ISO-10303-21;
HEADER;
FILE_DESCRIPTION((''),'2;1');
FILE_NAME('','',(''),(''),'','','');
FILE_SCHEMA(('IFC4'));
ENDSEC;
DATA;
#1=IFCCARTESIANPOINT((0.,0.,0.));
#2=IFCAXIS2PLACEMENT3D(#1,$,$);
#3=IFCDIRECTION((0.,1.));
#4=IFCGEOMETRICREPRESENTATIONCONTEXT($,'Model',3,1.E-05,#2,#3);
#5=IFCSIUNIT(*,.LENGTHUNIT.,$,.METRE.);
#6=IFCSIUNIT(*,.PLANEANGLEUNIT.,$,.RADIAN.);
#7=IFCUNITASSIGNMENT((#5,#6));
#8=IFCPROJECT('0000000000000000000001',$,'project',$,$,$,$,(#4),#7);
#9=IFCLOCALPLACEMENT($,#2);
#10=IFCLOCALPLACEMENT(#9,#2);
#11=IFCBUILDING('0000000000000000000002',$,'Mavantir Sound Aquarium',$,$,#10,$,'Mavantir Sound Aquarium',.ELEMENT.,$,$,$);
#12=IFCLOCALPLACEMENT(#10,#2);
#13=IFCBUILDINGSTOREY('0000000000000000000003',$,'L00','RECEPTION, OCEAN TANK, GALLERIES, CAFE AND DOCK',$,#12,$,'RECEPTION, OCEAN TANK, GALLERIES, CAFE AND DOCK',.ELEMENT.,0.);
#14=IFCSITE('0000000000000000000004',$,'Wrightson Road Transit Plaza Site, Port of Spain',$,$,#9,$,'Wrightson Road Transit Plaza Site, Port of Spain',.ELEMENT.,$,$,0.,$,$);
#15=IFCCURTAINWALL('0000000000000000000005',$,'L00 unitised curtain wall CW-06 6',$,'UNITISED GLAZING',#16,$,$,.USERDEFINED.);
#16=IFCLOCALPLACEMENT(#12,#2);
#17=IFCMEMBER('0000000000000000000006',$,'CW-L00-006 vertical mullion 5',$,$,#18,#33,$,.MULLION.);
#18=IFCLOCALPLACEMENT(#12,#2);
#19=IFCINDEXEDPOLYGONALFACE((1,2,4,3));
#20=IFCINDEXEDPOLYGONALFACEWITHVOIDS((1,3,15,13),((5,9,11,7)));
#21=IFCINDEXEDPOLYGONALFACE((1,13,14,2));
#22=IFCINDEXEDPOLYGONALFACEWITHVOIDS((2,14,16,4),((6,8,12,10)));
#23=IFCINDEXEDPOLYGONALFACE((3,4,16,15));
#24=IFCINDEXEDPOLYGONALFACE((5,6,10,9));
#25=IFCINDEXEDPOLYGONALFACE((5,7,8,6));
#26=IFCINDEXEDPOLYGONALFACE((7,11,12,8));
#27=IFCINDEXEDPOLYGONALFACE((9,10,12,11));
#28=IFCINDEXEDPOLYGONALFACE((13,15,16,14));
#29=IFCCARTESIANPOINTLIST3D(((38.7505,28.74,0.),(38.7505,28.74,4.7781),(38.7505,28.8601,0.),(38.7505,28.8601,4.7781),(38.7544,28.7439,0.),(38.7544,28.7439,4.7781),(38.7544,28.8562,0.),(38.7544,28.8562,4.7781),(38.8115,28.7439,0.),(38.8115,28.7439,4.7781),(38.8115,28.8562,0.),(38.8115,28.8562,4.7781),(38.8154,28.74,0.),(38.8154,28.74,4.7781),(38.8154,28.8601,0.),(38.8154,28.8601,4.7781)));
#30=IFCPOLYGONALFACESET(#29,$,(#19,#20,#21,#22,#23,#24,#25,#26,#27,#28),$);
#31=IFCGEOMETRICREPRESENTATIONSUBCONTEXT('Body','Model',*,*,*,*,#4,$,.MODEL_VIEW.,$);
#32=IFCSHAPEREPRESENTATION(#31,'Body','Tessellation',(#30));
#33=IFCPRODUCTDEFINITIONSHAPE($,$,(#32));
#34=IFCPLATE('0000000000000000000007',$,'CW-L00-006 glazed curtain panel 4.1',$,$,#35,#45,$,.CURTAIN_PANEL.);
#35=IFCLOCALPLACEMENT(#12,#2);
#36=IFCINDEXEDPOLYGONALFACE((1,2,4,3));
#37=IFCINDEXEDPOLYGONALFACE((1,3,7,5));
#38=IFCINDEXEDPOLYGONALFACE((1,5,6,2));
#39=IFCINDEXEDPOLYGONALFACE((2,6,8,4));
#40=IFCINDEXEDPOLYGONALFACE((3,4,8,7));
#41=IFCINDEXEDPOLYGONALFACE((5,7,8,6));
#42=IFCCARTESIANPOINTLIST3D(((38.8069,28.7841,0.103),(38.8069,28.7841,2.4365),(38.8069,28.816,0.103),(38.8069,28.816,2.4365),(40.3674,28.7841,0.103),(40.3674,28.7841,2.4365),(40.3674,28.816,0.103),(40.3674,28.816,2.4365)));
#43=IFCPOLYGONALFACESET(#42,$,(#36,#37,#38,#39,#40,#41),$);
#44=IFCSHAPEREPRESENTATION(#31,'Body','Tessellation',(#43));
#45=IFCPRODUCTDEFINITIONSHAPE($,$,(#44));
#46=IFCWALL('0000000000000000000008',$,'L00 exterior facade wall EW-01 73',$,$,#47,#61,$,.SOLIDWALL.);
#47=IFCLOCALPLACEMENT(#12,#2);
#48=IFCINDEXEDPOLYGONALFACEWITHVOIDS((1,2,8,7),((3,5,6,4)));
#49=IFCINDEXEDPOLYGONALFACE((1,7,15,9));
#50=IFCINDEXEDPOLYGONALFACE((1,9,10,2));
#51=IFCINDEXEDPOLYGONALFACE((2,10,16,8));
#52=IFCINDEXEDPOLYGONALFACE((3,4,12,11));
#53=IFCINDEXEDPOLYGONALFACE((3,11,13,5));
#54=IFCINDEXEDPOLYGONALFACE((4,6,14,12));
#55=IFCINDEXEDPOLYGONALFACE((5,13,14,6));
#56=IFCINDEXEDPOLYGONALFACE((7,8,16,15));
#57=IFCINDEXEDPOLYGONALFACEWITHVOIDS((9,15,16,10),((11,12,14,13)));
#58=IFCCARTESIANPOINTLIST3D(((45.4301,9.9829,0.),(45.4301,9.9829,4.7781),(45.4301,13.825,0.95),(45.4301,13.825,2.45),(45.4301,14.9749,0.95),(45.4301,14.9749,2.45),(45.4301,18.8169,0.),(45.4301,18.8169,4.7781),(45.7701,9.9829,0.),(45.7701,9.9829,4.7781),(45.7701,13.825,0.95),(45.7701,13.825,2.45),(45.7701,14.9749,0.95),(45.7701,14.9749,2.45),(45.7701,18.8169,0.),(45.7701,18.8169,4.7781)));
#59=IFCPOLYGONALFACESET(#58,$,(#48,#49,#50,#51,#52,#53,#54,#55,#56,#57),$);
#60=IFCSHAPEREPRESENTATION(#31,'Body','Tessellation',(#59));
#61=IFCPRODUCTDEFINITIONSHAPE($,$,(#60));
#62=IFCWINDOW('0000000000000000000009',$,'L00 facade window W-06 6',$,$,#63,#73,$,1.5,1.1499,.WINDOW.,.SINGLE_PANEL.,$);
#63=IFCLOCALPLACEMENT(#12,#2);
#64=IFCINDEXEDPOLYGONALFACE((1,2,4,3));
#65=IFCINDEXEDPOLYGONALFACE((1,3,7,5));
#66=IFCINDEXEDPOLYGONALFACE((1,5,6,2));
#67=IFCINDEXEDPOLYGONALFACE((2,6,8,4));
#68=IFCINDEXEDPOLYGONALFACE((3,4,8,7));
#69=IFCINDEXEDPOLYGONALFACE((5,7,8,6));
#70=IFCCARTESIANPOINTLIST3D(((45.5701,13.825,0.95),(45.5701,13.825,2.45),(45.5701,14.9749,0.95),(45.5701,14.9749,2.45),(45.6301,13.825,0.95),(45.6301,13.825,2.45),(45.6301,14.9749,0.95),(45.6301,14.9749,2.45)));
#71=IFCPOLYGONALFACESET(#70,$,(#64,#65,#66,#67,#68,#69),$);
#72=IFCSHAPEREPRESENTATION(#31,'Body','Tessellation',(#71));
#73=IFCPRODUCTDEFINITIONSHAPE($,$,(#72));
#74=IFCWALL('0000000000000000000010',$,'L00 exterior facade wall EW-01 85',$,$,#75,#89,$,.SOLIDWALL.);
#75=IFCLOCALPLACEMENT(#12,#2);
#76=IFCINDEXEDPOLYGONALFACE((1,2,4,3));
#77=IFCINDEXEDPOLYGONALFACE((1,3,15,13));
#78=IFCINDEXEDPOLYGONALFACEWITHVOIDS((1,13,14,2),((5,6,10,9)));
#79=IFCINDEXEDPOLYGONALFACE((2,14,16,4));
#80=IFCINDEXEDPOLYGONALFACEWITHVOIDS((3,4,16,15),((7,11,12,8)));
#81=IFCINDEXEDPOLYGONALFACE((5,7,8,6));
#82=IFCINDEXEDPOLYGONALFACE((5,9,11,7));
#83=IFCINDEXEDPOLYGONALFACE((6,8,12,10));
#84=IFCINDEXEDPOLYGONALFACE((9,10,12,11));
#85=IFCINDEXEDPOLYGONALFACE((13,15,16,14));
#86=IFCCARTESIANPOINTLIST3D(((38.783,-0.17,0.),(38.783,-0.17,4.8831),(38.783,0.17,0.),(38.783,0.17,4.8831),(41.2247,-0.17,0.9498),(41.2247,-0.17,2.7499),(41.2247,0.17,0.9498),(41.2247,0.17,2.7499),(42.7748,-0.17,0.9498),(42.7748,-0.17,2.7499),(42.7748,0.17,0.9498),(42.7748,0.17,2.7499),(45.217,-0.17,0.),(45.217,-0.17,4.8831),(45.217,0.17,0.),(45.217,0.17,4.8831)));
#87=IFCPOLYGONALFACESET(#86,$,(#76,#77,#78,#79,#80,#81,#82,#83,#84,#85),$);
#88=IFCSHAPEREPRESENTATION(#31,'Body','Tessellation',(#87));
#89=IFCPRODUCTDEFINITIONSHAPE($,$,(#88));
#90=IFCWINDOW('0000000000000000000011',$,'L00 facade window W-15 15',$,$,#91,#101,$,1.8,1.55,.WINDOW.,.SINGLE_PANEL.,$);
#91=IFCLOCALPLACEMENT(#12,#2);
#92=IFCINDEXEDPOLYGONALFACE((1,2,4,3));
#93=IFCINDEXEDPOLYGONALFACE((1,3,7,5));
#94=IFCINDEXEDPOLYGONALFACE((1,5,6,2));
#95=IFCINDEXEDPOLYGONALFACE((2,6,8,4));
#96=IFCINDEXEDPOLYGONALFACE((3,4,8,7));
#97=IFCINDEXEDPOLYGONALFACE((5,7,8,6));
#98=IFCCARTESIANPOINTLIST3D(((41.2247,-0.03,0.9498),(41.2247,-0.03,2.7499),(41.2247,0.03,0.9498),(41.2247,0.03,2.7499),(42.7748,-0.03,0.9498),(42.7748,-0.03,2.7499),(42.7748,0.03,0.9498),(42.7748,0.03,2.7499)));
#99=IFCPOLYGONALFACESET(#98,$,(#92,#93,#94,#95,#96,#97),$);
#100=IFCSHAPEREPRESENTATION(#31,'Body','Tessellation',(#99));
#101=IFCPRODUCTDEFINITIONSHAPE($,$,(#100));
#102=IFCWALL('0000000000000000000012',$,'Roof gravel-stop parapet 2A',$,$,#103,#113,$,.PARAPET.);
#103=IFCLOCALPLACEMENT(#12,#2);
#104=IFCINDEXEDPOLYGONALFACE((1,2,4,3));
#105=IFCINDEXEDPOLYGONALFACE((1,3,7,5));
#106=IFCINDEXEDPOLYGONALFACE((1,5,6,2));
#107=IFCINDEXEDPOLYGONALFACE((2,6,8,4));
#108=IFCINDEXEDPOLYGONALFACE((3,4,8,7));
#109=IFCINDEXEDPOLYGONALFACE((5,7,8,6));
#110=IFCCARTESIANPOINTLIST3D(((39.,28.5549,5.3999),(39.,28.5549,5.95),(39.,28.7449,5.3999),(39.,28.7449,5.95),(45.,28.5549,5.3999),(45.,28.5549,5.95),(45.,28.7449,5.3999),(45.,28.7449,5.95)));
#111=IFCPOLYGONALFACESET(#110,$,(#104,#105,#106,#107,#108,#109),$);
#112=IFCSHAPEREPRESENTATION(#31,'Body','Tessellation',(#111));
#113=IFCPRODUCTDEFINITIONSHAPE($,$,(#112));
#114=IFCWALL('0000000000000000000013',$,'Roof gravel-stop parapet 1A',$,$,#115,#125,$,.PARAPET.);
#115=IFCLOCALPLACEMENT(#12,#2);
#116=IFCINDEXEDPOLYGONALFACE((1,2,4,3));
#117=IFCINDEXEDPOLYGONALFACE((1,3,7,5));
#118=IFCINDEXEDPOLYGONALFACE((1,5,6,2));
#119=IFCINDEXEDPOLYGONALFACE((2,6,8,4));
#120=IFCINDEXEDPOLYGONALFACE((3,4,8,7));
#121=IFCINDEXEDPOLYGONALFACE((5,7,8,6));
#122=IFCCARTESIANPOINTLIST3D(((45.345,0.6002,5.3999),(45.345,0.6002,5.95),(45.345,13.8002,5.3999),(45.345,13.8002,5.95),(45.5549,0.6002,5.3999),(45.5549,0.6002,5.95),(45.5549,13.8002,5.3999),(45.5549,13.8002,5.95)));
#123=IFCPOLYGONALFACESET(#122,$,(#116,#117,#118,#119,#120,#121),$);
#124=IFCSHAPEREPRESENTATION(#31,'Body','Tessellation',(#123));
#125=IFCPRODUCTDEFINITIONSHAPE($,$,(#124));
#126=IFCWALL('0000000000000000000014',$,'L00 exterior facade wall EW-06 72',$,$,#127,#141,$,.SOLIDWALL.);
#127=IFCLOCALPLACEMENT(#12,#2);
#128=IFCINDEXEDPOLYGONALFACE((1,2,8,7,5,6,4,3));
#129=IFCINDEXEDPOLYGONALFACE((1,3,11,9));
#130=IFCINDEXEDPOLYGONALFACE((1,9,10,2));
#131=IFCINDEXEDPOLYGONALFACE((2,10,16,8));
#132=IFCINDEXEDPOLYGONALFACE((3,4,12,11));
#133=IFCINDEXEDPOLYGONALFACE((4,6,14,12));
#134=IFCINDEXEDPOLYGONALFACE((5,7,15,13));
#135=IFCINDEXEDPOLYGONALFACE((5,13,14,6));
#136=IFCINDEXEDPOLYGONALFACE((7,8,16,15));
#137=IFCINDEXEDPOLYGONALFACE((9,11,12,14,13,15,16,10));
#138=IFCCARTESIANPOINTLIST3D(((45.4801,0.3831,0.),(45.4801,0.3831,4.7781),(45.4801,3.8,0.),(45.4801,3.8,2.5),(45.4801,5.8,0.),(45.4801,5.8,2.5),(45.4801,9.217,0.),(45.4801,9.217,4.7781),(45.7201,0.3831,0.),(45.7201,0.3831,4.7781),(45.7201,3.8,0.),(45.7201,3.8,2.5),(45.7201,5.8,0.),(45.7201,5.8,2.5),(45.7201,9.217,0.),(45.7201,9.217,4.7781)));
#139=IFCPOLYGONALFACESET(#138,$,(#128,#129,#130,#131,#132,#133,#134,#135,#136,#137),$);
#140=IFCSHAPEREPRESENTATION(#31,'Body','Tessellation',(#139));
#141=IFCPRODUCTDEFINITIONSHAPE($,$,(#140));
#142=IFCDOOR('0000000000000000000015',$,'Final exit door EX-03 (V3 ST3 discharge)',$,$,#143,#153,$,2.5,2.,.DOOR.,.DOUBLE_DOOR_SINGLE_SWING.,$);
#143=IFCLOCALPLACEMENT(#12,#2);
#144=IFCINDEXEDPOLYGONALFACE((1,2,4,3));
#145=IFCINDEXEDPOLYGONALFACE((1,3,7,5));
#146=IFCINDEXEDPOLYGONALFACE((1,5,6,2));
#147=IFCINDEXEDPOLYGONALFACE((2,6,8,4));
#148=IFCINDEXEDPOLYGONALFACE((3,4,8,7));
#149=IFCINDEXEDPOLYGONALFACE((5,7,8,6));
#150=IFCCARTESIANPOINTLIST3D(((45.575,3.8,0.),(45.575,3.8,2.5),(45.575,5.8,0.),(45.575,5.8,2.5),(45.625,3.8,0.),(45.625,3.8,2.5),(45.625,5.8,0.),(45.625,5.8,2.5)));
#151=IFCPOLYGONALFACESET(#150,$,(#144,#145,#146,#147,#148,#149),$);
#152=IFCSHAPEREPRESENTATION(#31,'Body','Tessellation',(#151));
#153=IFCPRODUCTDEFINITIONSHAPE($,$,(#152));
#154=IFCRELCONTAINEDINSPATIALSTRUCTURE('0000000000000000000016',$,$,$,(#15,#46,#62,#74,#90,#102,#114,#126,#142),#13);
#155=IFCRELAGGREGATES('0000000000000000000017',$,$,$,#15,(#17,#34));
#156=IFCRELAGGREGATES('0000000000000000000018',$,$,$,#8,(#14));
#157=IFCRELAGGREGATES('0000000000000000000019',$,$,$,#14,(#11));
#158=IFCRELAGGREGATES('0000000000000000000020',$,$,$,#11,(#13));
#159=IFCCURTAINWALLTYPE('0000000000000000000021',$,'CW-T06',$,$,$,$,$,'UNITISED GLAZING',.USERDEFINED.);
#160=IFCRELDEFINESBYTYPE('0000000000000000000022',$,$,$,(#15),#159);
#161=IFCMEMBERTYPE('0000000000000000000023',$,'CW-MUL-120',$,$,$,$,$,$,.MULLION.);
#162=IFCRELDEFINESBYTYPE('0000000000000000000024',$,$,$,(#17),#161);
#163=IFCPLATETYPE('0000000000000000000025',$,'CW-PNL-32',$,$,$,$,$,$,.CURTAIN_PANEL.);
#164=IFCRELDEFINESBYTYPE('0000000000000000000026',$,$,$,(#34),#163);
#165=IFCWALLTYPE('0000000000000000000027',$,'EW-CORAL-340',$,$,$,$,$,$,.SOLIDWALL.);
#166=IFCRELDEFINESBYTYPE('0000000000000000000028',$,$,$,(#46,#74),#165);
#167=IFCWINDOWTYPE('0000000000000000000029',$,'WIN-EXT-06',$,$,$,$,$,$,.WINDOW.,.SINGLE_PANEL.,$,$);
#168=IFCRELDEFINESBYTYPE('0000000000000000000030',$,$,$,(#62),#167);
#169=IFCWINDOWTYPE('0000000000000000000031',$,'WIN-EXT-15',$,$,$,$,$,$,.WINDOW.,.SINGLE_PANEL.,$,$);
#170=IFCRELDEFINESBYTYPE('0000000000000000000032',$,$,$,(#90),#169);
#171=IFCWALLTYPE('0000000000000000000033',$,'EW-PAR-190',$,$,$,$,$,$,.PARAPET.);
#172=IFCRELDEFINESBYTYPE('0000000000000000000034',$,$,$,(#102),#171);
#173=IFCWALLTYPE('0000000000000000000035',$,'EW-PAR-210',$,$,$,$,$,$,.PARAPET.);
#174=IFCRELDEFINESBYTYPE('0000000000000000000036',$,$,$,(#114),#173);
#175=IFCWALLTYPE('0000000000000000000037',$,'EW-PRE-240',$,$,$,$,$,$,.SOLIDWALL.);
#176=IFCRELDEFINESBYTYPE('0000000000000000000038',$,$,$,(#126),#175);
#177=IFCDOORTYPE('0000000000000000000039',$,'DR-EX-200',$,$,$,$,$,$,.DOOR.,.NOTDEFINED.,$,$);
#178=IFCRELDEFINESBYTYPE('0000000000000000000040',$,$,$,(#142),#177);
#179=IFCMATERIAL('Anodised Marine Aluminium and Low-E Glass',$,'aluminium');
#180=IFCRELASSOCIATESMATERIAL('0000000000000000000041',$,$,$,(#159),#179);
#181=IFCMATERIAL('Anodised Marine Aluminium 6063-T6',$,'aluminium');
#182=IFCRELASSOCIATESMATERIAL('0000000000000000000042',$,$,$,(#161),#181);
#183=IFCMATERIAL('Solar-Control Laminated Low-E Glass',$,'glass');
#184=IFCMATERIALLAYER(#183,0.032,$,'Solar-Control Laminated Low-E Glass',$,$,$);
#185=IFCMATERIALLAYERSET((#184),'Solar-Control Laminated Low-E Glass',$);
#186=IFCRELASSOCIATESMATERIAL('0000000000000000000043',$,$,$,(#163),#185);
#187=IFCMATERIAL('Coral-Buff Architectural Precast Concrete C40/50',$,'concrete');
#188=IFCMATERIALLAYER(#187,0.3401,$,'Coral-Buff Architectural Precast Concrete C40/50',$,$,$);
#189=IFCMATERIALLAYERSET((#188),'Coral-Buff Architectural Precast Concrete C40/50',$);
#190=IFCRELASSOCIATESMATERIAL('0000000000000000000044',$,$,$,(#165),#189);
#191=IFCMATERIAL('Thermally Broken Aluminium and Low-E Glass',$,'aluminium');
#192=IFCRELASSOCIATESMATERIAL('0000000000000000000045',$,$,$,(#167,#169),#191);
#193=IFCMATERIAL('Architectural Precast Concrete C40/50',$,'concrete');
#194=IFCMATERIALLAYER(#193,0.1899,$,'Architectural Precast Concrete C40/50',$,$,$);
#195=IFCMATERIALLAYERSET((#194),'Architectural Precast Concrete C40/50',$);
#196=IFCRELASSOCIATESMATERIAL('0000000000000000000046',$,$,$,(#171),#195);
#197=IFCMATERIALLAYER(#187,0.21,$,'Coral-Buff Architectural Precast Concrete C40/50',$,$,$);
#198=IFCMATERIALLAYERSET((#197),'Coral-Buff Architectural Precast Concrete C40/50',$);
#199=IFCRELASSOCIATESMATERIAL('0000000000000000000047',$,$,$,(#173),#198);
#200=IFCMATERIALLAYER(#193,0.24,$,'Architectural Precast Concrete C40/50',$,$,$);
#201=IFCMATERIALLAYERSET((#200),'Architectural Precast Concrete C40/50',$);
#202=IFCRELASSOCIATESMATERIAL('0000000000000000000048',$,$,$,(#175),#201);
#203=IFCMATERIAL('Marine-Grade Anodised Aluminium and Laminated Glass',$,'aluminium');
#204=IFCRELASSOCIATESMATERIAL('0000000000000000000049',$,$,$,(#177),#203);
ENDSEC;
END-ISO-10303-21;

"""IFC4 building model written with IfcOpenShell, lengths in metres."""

from ifc_helpers import new_model, si_unit, direction, frame, frame_2d, origin, origin_2d, place, context, subcontext, project, spatial, rectangle, hollow_rectangle, extrude, material, layer, layer_set, material_profile, profile_set, type_object, element, fill, aggregate, save


model = new_model("IFC4")

# Units and contexts
model_context = context("Model", 3, precision=1e-05, world=origin(), true_north=direction((0.0, 1.0)))
body_context = subcontext(model_context, "Body", "Model", "MODEL_VIEW")
ifc_project = project(units=[si_unit("LENGTHUNIT", "METRE"), si_unit("PLANEANGLEUNIT", "RADIAN")], contexts=[model_context])

# Site, building, storey
site_placement = place(None, origin())
site = spatial("IfcSite", under=ifc_project, at=site_placement, Name="Wrightson Road Transit Plaza Site, Port of Spain", LongName="Wrightson Road Transit Plaza Site, Port of Spain", CompositionType="ELEMENT", RefElevation=0.0)
building_placement = place(site_placement, origin())
building = spatial("IfcBuilding", under=site, at=building_placement, Name="Mavantir Sound Aquarium", LongName="Mavantir Sound Aquarium", CompositionType="ELEMENT")
storey_placement = place(building_placement, origin())
storey = spatial("IfcBuildingStorey", under=building, at=storey_placement, Name="L00", Description="RECEPTION, OCEAN TANK, GALLERIES, CAFE AND DOCK", LongName="RECEPTION, OCEAN TANK, GALLERIES, CAFE AND DOCK", CompositionType="ELEMENT", Elevation=0.0)

# Curtain wall, member, plate
ifc_material_1 = material(Name="Anodised Marine Aluminium and Low-E Glass", Category="aluminium")
curtain_wall_type = type_object("IfcCurtainWallType", Name="CW-T06", ElementType="UNITISED GLAZING", PredefinedType="USERDEFINED", material=ifc_material_1)
curtain_wall_placement = place(storey_placement, origin())
curtain_wall = element("IfcCurtainWall", 1, at=curtain_wall_placement, inside=storey, type_object=curtain_wall_type, Name="L00 unitised curtain wall CW-06 6", ObjectType="UNITISED GLAZING", PredefinedType="USERDEFINED")
ifc_material_2 = material(Name="Anodised Marine Aluminium 6063-T6", Category="aluminium")
ifc_material_profile_1 = material_profile(ifc_material_2, hollow_rectangle(XDim=0.0649, YDim=0.1201, WallThickness=0.0039, at=origin_2d()), Name="ALU-MULLION-120X65")
ifc_profile_set_1 = profile_set([ifc_material_profile_1], Name="Anodised Marine Aluminium 6063-T6")
member_type = type_object("IfcMemberType", Name="CW-MUL-120", PredefinedType="MULLION", material=ifc_profile_set_1)
member_placement = place(storey_placement, frame((38.783, 28.8, 0.0), z_axis=(0.0, 0.0, 1.0), x_axis=(1.0, 0.0, 0.0)))
member = element("IfcMember", 2, at=member_placement, type_object=member_type, Name="CW-L00-006 vertical mullion 5", PredefinedType="MULLION", context=body_context, shape_type="SweptSolid", body=[
    extrude(hollow_rectangle(XDim=0.0649, YDim=0.1201, WallThickness=0.0039, at=origin_2d()), origin(), (0.0, 0.0, 1.0), 4.7781),
])
ifc_material_3 = material(Name="Solar-Control Laminated Low-E Glass", Category="glass")
ifc_layer_1 = layer(ifc_material_3, 0.032, Name="Solar-Control Laminated Low-E Glass")
ifc_layer_set_1 = layer_set([ifc_layer_1], Name="Solar-Control Laminated Low-E Glass")
plate_type = type_object("IfcPlateType", Name="CW-PNL-32", PredefinedType="CURTAIN_PANEL", material=ifc_layer_set_1)
plate_placement = place(storey_placement, frame((39.5872, 28.8, 0.103), z_axis=(0.0, 0.0, 1.0), x_axis=(-1.0, 0.0, 0.0)))
plate = element("IfcPlate", 3, at=plate_placement, type_object=plate_type, Name="CW-L00-006 glazed curtain panel 4.1", PredefinedType="CURTAIN_PANEL", context=body_context, shape_type="SweptSolid", body=[
    extrude(rectangle(XDim=1.5605, YDim=0.032, at=origin_2d()), origin(), (0.0, 0.0, 1.0), 2.3335),
])
aggregate(curtain_wall, [member, plate])

# Shared definitions
ifc_material_4 = material(Name="Coral-Buff Architectural Precast Concrete C40/50", Category="concrete")
ifc_material_5 = material(Name="Marine-Grade Anodised Aluminium and Laminated Glass", Category="aluminium")

# Walls, openings, windows
ifc_layer_2 = layer(ifc_material_4, 0.3401, Name="Coral-Buff Architectural Precast Concrete C40/50")
ifc_layer_set_2 = layer_set([ifc_layer_2], Name="Coral-Buff Architectural Precast Concrete C40/50")
wall_type_1 = type_object("IfcWallType", Name="EW-CORAL-340", PredefinedType="SOLIDWALL", material=ifc_layer_set_2)
wall_1_placement = place(storey_placement, frame((45.6001, 9.9829, 0.0), z_axis=(0.0, 0.0, 1.0), x_axis=(0.0, 1.0, 0.0)))
wall_1 = element("IfcWall", 4, at=wall_1_placement, inside=storey, type_object=wall_type_1, Name="L00 exterior facade wall EW-01 73", PredefinedType="SOLIDWALL", context=body_context, shape_type="SweptSolid", body=[
    extrude(rectangle(XDim=8.834, YDim=0.3401, at=frame_2d((4.417, 0.0))), origin(), (0.0, 0.0, 1.0), 4.7781),
])
opening_1_placement = place(wall_1_placement, frame((3.842, 0.0, 0.95)))
opening_1 = element("IfcOpeningElement", 5, at=opening_1_placement, cuts=wall_1, PredefinedType="OPENING", context=body_context, shape_type="SweptSolid", body=[
    extrude(rectangle(XDim=1.1499, YDim=1.5, at=frame_2d((0.575, 0.75))), frame((0.0, 0.1802, 0.0), z_axis=(0.0, -1.0, 0.0), x_axis=(1.0, 0.0, 0.0)), (0.0, 0.0, 1.0), 0.3601),
])
ifc_material_6 = material(Name="Thermally Broken Aluminium and Low-E Glass", Category="aluminium")
window_type_1 = type_object("IfcWindowType", Name="WIN-EXT-06", PartitioningType="SINGLE_PANEL", PredefinedType="WINDOW", material=ifc_material_6)
window_1_placement = place(opening_1_placement, origin())
window_1 = element("IfcWindow", 6, at=window_1_placement, inside=storey, type_object=window_type_1, Name="L00 facade window W-06 6", OverallHeight=1.5, OverallWidth=1.1499, PartitioningType="SINGLE_PANEL", PredefinedType="WINDOW", context=body_context, shape_type="SweptSolid", body=[
    extrude(rectangle(XDim=1.1499, YDim=1.5, at=frame_2d((0.575, 0.75))), frame((0.0, 0.03, 0.0), z_axis=(0.0, -1.0, 0.0), x_axis=(1.0, 0.0, 0.0)), (0.0, 0.0, 1.0), 0.0601),
])
fill(opening_1, window_1)
wall_2_placement = place(storey_placement, frame((38.783, 0.0, 0.0), z_axis=(0.0, 0.0, 1.0), x_axis=(1.0, 0.0, 0.0)))
wall_2 = element("IfcWall", 7, at=wall_2_placement, inside=storey, type_object=wall_type_1, Name="L00 exterior facade wall EW-01 85", PredefinedType="SOLIDWALL", context=body_context, shape_type="SweptSolid", body=[
    extrude(rectangle(XDim=6.4341, YDim=0.3401, at=frame_2d((3.217, 0.0))), origin(), (0.0, 0.0, 1.0), 4.8831),
])
opening_2_placement = place(wall_2_placement, frame((2.4419, 0.0, 0.95)))
opening_2 = element("IfcOpeningElement", 8, at=opening_2_placement, cuts=wall_2, PredefinedType="OPENING", context=body_context, shape_type="SweptSolid", body=[
    extrude(rectangle(XDim=1.55, YDim=1.8, at=frame_2d((0.7749, 0.8999))), frame((0.0, 0.1802, 0.0), z_axis=(0.0, -1.0, 0.0), x_axis=(1.0, 0.0, 0.0)), (0.0, 0.0, 1.0), 0.3601),
])
window_type_2 = type_object("IfcWindowType", Name="WIN-EXT-15", PartitioningType="SINGLE_PANEL", PredefinedType="WINDOW", material=ifc_material_6)
window_2_placement = place(opening_2_placement, origin())
window_2 = element("IfcWindow", 9, at=window_2_placement, inside=storey, type_object=window_type_2, Name="L00 facade window W-15 15", OverallHeight=1.8, OverallWidth=1.55, PartitioningType="SINGLE_PANEL", PredefinedType="WINDOW", context=body_context, shape_type="SweptSolid", body=[
    extrude(rectangle(XDim=1.55, YDim=1.8, at=frame_2d((0.7749, 0.8999))), frame((0.0, 0.03, 0.0), z_axis=(0.0, -1.0, 0.0), x_axis=(1.0, 0.0, 0.0)), (0.0, 0.0, 1.0), 0.0601),
])
fill(opening_2, window_2)

# Walls
ifc_material_7 = material(Name="Architectural Precast Concrete C40/50", Category="concrete")
ifc_layer_3 = layer(ifc_material_7, 0.1899, Name="Architectural Precast Concrete C40/50")
ifc_layer_set_3 = layer_set([ifc_layer_3], Name="Architectural Precast Concrete C40/50")
wall_type_2 = type_object("IfcWallType", Name="EW-PAR-190", PredefinedType="PARAPET", material=ifc_layer_set_3)
wall_3_placement = place(storey_placement, frame((39.0, 28.6499, 5.3999), z_axis=(0.0, 0.0, 1.0), x_axis=(1.0, 0.0, 0.0)))
element("IfcWall", 10, at=wall_3_placement, inside=storey, type_object=wall_type_2, Name="Roof gravel-stop parapet 2A", PredefinedType="PARAPET", context=body_context, shape_type="SweptSolid", body=[
    extrude(rectangle(XDim=6.0, YDim=0.1899, at=frame_2d((3.0, 0.0))), origin(), (0.0, 0.0, 1.0), 0.55),
])
ifc_layer_4 = layer(ifc_material_4, 0.21, Name="Coral-Buff Architectural Precast Concrete C40/50")
ifc_layer_set_4 = layer_set([ifc_layer_4], Name="Coral-Buff Architectural Precast Concrete C40/50")
wall_type_3 = type_object("IfcWallType", Name="EW-PAR-210", PredefinedType="PARAPET", material=ifc_layer_set_4)
wall_4_placement = place(storey_placement, frame((45.45, 0.6001, 5.3999), z_axis=(0.0, 0.0, 1.0), x_axis=(0.0, 1.0, 0.0)))
element("IfcWall", 11, at=wall_4_placement, inside=storey, type_object=wall_type_3, Name="Roof gravel-stop parapet 1A", PredefinedType="PARAPET", context=body_context, shape_type="SweptSolid", body=[
    extrude(rectangle(XDim=13.2, YDim=0.21, at=frame_2d((6.6001, 0.0))), origin(), (0.0, 0.0, 1.0), 0.55),
])

# Wall, opening, door
ifc_layer_5 = layer(ifc_material_7, 0.24, Name="Architectural Precast Concrete C40/50")
ifc_layer_set_5 = layer_set([ifc_layer_5], Name="Architectural Precast Concrete C40/50")
wall_type_4 = type_object("IfcWallType", Name="EW-PRE-240", PredefinedType="SOLIDWALL", material=ifc_layer_set_5)
wall_5_placement = place(storey_placement, frame((45.6001, 0.3831, 0.0), z_axis=(0.0, 0.0, 1.0), x_axis=(0.0, 1.0, 0.0)))
wall_5 = element("IfcWall", 12, at=wall_5_placement, inside=storey, type_object=wall_type_4, Name="L00 exterior facade wall EW-06 72", PredefinedType="SOLIDWALL", context=body_context, shape_type="SweptSolid", body=[
    extrude(rectangle(XDim=8.834, YDim=0.24, at=frame_2d((4.417, 0.0))), origin(), (0.0, 0.0, 1.0), 4.7781),
])
opening_3_placement = place(wall_5_placement, frame((5.417, 0.0, 0.0), z_axis=(0.0, 0.0, 1.0), x_axis=(-1.0, 0.0, 0.0)))
opening_3 = element("IfcOpeningElement", 13, at=opening_3_placement, cuts=wall_5, PredefinedType="OPENING", context=body_context, shape_type="SweptSolid", body=[
    extrude(rectangle(XDim=2.0, YDim=2.5, at=frame_2d((1.0, 1.25))), frame((0.0, 0.1299, 0.0), z_axis=(0.0, -1.0, 0.0), x_axis=(1.0, 0.0, 0.0)), (0.0, 0.0, 1.0), 0.26),
])
door_type_1 = type_object("IfcDoorType", Name="DR-EX-200", OperationType="NOTDEFINED", PredefinedType="DOOR", material=ifc_material_5)
door_1_placement = place(opening_3_placement, origin())
door_1 = element("IfcDoor", 14, at=door_1_placement, inside=storey, type_object=door_type_1, Name="Final exit door EX-03 (V3 ST3 discharge)", OperationType="DOUBLE_DOOR_SINGLE_SWING", OverallHeight=2.5, OverallWidth=2.0, PredefinedType="DOOR", context=body_context, shape_type="SweptSolid", body=[
    extrude(rectangle(XDim=2.0, YDim=2.5, at=frame_2d((1.0, 1.25))), frame((0.0, 0.0249, 0.0), z_axis=(0.0, -1.0, 0.0), x_axis=(1.0, 0.0, 0.0)), (0.0, 0.0, 1.0), 0.05),
])
fill(opening_3, door_1)

save(model, "model.ifc")
